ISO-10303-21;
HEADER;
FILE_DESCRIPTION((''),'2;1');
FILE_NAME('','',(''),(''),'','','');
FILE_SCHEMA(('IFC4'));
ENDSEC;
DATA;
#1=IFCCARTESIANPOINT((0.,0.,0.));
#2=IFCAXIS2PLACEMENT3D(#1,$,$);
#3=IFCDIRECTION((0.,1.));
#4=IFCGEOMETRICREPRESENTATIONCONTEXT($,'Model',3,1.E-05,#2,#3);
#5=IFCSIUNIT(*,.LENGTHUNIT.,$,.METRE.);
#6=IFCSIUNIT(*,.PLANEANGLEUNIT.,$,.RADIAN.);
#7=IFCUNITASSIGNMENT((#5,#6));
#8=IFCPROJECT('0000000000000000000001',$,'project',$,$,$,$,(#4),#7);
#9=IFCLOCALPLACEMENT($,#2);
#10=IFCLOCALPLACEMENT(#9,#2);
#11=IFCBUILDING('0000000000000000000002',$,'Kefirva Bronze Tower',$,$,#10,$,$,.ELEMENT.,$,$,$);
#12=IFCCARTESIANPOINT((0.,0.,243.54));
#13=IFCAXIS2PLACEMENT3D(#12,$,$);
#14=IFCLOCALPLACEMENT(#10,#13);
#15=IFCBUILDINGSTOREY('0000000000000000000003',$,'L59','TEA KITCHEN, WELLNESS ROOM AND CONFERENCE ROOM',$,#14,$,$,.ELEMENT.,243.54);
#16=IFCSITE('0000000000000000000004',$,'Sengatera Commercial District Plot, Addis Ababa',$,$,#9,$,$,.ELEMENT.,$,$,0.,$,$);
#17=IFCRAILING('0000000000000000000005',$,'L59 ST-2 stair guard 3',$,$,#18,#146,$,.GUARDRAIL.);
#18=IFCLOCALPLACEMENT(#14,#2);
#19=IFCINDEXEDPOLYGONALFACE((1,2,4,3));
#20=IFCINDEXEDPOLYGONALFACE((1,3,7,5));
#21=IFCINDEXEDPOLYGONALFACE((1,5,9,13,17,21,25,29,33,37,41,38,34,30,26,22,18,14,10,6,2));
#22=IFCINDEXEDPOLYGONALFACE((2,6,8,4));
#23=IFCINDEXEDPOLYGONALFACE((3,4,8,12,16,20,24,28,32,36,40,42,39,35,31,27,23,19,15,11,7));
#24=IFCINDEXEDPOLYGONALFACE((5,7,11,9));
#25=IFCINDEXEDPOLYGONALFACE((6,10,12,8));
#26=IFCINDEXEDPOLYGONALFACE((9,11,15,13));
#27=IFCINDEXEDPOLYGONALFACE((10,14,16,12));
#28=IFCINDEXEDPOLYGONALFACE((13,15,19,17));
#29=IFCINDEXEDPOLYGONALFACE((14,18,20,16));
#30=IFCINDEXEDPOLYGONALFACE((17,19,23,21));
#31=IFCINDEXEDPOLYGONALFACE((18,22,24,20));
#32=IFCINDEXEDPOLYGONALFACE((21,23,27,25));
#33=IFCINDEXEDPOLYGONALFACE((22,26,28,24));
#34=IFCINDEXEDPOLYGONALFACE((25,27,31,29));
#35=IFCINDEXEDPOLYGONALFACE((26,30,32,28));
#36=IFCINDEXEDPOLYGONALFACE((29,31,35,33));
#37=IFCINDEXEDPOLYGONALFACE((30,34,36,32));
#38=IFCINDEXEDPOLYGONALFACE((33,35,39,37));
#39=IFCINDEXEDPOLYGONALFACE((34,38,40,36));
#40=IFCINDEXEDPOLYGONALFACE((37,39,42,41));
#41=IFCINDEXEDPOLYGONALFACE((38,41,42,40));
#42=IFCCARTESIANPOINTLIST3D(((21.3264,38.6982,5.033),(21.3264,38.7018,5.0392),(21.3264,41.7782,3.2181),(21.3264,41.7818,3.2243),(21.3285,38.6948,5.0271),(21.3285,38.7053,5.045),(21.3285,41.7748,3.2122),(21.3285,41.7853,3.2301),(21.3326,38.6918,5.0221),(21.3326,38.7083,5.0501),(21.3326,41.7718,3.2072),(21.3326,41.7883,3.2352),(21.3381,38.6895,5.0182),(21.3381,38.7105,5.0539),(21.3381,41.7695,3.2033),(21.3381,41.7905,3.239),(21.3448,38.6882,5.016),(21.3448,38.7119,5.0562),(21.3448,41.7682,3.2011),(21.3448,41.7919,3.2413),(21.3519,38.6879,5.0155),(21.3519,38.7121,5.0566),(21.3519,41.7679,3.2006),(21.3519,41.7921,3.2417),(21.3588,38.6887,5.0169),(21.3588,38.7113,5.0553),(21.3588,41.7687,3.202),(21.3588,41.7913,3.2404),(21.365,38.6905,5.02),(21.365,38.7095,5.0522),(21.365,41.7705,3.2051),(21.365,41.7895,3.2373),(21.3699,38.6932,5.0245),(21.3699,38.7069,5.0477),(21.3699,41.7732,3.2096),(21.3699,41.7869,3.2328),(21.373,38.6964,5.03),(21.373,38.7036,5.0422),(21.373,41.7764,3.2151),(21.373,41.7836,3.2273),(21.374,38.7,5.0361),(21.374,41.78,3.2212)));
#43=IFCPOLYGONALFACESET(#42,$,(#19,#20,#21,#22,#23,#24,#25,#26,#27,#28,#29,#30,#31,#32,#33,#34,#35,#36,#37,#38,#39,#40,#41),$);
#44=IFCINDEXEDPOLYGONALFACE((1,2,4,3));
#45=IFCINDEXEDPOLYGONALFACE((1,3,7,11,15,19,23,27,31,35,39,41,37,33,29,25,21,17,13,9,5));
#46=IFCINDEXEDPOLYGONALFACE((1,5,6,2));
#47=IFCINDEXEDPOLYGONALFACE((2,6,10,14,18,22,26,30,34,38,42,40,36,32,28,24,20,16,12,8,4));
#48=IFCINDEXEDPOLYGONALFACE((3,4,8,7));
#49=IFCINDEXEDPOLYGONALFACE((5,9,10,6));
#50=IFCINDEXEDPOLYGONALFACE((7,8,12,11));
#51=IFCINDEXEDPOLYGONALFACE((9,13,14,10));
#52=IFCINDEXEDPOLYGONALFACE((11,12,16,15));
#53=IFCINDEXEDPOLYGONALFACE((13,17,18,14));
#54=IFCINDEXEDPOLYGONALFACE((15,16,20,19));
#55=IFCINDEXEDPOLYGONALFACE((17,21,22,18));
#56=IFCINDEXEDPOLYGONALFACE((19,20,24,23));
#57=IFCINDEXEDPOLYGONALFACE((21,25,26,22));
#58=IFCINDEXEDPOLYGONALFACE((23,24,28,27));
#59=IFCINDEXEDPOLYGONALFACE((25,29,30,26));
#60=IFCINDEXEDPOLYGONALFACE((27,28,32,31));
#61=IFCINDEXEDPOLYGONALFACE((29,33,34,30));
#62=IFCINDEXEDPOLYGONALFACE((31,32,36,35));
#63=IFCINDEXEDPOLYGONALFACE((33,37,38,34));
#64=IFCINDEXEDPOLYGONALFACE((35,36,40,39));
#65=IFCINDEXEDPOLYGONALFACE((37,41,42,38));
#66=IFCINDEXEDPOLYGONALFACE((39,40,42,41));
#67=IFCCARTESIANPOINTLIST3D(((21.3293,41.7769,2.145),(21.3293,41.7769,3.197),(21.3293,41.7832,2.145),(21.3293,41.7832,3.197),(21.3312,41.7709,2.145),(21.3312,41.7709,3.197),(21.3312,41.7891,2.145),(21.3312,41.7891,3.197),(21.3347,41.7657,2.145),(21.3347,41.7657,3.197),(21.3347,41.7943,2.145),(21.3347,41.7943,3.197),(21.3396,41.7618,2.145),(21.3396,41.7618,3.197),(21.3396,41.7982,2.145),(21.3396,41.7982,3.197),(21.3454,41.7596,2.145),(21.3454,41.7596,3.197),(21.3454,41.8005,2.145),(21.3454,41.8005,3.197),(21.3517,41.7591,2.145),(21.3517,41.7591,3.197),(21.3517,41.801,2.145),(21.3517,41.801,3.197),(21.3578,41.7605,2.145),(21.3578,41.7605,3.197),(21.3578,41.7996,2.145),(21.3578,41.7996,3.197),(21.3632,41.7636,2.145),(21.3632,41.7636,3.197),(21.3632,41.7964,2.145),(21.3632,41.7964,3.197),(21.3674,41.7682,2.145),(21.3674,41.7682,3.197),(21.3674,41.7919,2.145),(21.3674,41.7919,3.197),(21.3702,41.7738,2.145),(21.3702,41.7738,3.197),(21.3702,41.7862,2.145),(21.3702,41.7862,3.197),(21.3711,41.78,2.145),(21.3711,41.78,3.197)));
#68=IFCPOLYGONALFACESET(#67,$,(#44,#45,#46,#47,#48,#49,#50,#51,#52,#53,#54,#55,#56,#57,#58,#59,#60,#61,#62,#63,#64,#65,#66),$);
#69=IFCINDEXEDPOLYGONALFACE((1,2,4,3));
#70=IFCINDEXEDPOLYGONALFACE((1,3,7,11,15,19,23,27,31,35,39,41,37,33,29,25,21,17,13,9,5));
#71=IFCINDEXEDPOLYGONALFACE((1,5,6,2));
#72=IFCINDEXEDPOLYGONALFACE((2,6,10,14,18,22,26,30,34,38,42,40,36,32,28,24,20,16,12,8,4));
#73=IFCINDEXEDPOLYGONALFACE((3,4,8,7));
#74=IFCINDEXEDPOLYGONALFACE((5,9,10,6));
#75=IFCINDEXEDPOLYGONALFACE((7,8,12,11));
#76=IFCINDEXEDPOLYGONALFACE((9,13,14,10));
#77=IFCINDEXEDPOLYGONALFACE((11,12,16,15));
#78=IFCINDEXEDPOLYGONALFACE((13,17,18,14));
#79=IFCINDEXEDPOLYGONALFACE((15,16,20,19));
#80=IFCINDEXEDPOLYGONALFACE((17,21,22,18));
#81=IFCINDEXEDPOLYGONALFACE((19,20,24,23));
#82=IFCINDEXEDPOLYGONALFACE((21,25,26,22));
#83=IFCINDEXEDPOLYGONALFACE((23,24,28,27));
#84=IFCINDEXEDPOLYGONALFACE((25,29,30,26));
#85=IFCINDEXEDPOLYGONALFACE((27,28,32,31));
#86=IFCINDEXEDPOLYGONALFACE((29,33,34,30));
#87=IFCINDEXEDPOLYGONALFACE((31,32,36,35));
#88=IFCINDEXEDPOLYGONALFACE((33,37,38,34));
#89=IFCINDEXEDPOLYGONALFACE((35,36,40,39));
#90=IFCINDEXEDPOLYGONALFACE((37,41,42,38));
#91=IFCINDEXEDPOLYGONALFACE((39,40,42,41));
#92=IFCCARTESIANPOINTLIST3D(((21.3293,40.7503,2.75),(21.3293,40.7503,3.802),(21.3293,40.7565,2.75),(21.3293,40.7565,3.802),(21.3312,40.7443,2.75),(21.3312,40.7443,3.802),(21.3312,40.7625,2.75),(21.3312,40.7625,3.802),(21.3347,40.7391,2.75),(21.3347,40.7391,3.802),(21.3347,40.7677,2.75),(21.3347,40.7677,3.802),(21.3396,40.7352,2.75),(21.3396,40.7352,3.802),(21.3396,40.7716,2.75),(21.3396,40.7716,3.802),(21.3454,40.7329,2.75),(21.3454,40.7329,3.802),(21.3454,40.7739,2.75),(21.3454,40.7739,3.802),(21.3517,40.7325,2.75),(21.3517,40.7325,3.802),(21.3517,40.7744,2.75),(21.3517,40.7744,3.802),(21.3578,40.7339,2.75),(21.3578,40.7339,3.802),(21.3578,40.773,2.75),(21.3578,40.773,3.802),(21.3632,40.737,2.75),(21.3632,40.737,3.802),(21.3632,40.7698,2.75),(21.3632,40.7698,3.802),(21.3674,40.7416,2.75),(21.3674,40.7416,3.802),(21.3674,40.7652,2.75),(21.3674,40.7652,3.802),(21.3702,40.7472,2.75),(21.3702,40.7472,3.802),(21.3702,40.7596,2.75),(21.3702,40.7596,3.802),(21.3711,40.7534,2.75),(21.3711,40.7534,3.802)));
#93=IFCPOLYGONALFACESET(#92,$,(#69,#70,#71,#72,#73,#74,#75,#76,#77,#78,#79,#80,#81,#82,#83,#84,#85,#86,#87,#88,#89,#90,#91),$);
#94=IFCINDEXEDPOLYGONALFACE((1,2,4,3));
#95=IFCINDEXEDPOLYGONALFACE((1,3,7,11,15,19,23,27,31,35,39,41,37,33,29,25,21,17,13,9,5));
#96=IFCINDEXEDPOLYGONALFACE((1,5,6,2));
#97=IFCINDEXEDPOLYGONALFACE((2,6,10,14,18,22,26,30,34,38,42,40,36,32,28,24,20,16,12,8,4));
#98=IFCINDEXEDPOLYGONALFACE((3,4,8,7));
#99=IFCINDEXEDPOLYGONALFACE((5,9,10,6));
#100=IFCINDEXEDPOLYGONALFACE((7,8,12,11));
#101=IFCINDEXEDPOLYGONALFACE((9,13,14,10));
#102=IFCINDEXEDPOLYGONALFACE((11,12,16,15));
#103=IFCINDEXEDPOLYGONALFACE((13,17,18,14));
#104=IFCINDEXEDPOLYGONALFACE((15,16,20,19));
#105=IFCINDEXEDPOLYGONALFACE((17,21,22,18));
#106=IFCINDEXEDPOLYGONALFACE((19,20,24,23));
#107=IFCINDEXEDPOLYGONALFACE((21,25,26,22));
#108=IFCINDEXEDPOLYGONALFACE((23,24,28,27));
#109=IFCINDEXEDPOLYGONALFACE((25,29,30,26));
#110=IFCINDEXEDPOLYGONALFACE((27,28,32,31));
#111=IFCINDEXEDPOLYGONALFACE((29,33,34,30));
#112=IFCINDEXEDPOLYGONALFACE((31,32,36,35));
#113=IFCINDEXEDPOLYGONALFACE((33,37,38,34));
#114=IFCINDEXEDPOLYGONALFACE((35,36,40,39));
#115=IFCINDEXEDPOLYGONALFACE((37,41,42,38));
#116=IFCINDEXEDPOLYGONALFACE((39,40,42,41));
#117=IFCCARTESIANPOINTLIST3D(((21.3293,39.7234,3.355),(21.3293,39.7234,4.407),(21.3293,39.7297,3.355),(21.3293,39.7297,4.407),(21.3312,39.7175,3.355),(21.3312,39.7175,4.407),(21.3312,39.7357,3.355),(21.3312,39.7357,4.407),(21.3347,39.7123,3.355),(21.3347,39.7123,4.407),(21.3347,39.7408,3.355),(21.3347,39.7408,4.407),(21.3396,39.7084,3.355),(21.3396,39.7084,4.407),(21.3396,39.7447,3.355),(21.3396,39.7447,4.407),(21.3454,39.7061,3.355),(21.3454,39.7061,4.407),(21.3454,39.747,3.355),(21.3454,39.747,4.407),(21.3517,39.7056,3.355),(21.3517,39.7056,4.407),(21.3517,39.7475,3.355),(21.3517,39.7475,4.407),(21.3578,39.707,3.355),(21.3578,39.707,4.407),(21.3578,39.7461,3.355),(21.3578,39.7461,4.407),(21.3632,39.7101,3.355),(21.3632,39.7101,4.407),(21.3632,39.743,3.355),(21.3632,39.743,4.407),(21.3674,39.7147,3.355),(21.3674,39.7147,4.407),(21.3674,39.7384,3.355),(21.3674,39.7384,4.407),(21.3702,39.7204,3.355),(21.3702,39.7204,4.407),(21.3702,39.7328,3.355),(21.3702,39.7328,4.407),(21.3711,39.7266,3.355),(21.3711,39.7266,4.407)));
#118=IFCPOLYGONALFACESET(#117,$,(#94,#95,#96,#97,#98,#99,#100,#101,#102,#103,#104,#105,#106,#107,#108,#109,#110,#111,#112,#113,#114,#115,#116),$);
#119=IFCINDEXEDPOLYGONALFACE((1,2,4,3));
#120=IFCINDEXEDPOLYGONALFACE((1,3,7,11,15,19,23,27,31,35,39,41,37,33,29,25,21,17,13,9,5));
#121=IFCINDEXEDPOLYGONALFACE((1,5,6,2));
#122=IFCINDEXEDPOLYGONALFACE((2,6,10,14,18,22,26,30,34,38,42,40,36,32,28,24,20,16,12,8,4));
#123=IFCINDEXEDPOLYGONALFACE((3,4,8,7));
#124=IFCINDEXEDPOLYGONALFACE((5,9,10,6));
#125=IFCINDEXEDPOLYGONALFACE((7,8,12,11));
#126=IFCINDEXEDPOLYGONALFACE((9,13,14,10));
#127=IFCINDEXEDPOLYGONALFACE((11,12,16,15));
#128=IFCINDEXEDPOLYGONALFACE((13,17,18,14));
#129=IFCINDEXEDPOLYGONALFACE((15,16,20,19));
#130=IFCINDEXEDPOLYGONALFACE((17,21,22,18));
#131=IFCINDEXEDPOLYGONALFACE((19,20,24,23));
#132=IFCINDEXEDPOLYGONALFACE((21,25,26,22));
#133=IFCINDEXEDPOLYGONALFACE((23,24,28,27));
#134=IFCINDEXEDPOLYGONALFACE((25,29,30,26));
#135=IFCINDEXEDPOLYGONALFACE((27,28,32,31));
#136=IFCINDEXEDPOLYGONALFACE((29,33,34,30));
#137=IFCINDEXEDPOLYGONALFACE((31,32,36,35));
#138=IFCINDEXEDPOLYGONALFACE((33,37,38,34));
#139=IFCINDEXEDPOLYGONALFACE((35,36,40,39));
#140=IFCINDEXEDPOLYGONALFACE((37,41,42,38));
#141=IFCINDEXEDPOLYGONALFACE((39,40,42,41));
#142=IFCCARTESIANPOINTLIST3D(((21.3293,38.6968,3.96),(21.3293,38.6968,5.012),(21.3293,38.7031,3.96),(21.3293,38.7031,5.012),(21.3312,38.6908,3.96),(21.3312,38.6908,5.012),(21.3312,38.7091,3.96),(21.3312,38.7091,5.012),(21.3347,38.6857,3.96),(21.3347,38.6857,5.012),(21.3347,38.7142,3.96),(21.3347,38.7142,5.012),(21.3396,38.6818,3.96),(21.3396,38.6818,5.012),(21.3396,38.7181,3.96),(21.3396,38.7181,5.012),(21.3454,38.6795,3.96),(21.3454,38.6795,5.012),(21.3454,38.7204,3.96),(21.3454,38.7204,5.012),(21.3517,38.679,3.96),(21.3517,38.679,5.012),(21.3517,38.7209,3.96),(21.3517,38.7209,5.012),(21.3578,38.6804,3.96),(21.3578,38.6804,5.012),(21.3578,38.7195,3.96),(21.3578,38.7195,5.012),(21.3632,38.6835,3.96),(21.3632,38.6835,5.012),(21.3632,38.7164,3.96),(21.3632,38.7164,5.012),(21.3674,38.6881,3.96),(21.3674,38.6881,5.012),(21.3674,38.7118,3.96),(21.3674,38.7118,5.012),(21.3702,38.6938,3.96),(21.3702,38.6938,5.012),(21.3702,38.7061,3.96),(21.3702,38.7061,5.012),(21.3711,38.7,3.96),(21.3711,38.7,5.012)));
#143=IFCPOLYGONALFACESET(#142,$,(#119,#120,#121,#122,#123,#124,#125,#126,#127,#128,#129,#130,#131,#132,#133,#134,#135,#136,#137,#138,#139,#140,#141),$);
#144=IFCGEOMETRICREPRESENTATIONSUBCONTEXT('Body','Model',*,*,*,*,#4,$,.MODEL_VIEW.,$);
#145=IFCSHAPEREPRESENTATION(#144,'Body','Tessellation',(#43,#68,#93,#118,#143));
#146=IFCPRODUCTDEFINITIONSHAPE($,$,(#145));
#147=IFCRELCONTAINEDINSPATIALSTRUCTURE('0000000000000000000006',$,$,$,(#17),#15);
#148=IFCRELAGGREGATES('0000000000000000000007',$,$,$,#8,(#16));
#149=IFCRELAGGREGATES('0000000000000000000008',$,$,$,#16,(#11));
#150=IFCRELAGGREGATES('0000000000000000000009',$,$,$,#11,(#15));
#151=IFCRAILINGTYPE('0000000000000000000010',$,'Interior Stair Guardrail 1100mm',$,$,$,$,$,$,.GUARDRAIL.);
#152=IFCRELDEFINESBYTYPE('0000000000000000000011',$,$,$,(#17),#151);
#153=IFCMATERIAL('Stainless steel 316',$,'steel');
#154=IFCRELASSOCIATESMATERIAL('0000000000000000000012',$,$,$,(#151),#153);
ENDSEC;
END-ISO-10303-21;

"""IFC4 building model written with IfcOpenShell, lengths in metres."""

from ifc_helpers import new_model, si_unit, direction, frame, origin, origin_2d, place, context, subcontext, project, spatial, circle, extrude, material, type_object, element, save


model = new_model("IFC4")

# Units and contexts
model_context = context("Model", 3, precision=1e-05, world=origin(), true_north=direction((0.0, 1.0)))
body_context = subcontext(model_context, "Body", "Model", "MODEL_VIEW")
ifc_project = project(units=[si_unit("LENGTHUNIT", "METRE"), si_unit("PLANEANGLEUNIT", "RADIAN")], contexts=[model_context])

# Site, building, storey
site_placement = place(None, origin())
site = spatial("IfcSite", under=ifc_project, at=site_placement, Name="Sengatera Commercial District Plot, Addis Ababa", CompositionType="ELEMENT", RefElevation=0.0)
building_placement = place(site_placement, origin())
building = spatial("IfcBuilding", under=site, at=building_placement, Name="Kefirva Bronze Tower", CompositionType="ELEMENT")
storey_placement = place(building_placement, frame((0.0, 0.0, 243.54)))
storey = spatial("IfcBuildingStorey", under=building, at=storey_placement, Name="L59", Description="TEA KITCHEN, WELLNESS ROOM AND CONFERENCE ROOM", CompositionType="ELEMENT", Elevation=243.54)

# Shared definitions
ifc_material_1 = material(Name="Stainless steel 316", Category="steel")

# Railing
railing_type_1 = type_object("IfcRailingType", Name="Interior Stair Guardrail 1100mm", PredefinedType="GUARDRAIL", material=ifc_material_1)
railing_1_placement = place(storey_placement, frame((21.3501, 41.78, 2.145)))
element("IfcRailing", 1, at=railing_1_placement, inside=storey, type_object=railing_type_1, Name="L59 ST-2 stair guard 3", PredefinedType="GUARDRAIL", context=body_context, shape_type="SweptSolid", body=[
    extrude(circle(Radius=0.0239, at=origin_2d()), frame((0.0, 0.0, 1.0762), z_axis=(0.0, -0.861551, 0.507671), x_axis=(1.0, 0.0, 0.0)), (0.0, 0.0, 1.0), 3.575),
    extrude(circle(Radius=0.021, at=origin_2d()), origin(), (0.0, 0.0, 1.0), 1.052),
    extrude(circle(Radius=0.021, at=origin_2d()), frame((0.0, -1.0266, 0.605)), (0.0, 0.0, 1.0), 1.052),
    extrude(circle(Radius=0.021, at=origin_2d()), frame((0.0, -2.0535, 1.21)), (0.0, 0.0, 1.0), 1.052),
    extrude(circle(Radius=0.021, at=origin_2d()), frame((0.0, -3.0801, 1.8149)), (0.0, 0.0, 1.0), 1.052),
])

save(model, "model.ifc")
